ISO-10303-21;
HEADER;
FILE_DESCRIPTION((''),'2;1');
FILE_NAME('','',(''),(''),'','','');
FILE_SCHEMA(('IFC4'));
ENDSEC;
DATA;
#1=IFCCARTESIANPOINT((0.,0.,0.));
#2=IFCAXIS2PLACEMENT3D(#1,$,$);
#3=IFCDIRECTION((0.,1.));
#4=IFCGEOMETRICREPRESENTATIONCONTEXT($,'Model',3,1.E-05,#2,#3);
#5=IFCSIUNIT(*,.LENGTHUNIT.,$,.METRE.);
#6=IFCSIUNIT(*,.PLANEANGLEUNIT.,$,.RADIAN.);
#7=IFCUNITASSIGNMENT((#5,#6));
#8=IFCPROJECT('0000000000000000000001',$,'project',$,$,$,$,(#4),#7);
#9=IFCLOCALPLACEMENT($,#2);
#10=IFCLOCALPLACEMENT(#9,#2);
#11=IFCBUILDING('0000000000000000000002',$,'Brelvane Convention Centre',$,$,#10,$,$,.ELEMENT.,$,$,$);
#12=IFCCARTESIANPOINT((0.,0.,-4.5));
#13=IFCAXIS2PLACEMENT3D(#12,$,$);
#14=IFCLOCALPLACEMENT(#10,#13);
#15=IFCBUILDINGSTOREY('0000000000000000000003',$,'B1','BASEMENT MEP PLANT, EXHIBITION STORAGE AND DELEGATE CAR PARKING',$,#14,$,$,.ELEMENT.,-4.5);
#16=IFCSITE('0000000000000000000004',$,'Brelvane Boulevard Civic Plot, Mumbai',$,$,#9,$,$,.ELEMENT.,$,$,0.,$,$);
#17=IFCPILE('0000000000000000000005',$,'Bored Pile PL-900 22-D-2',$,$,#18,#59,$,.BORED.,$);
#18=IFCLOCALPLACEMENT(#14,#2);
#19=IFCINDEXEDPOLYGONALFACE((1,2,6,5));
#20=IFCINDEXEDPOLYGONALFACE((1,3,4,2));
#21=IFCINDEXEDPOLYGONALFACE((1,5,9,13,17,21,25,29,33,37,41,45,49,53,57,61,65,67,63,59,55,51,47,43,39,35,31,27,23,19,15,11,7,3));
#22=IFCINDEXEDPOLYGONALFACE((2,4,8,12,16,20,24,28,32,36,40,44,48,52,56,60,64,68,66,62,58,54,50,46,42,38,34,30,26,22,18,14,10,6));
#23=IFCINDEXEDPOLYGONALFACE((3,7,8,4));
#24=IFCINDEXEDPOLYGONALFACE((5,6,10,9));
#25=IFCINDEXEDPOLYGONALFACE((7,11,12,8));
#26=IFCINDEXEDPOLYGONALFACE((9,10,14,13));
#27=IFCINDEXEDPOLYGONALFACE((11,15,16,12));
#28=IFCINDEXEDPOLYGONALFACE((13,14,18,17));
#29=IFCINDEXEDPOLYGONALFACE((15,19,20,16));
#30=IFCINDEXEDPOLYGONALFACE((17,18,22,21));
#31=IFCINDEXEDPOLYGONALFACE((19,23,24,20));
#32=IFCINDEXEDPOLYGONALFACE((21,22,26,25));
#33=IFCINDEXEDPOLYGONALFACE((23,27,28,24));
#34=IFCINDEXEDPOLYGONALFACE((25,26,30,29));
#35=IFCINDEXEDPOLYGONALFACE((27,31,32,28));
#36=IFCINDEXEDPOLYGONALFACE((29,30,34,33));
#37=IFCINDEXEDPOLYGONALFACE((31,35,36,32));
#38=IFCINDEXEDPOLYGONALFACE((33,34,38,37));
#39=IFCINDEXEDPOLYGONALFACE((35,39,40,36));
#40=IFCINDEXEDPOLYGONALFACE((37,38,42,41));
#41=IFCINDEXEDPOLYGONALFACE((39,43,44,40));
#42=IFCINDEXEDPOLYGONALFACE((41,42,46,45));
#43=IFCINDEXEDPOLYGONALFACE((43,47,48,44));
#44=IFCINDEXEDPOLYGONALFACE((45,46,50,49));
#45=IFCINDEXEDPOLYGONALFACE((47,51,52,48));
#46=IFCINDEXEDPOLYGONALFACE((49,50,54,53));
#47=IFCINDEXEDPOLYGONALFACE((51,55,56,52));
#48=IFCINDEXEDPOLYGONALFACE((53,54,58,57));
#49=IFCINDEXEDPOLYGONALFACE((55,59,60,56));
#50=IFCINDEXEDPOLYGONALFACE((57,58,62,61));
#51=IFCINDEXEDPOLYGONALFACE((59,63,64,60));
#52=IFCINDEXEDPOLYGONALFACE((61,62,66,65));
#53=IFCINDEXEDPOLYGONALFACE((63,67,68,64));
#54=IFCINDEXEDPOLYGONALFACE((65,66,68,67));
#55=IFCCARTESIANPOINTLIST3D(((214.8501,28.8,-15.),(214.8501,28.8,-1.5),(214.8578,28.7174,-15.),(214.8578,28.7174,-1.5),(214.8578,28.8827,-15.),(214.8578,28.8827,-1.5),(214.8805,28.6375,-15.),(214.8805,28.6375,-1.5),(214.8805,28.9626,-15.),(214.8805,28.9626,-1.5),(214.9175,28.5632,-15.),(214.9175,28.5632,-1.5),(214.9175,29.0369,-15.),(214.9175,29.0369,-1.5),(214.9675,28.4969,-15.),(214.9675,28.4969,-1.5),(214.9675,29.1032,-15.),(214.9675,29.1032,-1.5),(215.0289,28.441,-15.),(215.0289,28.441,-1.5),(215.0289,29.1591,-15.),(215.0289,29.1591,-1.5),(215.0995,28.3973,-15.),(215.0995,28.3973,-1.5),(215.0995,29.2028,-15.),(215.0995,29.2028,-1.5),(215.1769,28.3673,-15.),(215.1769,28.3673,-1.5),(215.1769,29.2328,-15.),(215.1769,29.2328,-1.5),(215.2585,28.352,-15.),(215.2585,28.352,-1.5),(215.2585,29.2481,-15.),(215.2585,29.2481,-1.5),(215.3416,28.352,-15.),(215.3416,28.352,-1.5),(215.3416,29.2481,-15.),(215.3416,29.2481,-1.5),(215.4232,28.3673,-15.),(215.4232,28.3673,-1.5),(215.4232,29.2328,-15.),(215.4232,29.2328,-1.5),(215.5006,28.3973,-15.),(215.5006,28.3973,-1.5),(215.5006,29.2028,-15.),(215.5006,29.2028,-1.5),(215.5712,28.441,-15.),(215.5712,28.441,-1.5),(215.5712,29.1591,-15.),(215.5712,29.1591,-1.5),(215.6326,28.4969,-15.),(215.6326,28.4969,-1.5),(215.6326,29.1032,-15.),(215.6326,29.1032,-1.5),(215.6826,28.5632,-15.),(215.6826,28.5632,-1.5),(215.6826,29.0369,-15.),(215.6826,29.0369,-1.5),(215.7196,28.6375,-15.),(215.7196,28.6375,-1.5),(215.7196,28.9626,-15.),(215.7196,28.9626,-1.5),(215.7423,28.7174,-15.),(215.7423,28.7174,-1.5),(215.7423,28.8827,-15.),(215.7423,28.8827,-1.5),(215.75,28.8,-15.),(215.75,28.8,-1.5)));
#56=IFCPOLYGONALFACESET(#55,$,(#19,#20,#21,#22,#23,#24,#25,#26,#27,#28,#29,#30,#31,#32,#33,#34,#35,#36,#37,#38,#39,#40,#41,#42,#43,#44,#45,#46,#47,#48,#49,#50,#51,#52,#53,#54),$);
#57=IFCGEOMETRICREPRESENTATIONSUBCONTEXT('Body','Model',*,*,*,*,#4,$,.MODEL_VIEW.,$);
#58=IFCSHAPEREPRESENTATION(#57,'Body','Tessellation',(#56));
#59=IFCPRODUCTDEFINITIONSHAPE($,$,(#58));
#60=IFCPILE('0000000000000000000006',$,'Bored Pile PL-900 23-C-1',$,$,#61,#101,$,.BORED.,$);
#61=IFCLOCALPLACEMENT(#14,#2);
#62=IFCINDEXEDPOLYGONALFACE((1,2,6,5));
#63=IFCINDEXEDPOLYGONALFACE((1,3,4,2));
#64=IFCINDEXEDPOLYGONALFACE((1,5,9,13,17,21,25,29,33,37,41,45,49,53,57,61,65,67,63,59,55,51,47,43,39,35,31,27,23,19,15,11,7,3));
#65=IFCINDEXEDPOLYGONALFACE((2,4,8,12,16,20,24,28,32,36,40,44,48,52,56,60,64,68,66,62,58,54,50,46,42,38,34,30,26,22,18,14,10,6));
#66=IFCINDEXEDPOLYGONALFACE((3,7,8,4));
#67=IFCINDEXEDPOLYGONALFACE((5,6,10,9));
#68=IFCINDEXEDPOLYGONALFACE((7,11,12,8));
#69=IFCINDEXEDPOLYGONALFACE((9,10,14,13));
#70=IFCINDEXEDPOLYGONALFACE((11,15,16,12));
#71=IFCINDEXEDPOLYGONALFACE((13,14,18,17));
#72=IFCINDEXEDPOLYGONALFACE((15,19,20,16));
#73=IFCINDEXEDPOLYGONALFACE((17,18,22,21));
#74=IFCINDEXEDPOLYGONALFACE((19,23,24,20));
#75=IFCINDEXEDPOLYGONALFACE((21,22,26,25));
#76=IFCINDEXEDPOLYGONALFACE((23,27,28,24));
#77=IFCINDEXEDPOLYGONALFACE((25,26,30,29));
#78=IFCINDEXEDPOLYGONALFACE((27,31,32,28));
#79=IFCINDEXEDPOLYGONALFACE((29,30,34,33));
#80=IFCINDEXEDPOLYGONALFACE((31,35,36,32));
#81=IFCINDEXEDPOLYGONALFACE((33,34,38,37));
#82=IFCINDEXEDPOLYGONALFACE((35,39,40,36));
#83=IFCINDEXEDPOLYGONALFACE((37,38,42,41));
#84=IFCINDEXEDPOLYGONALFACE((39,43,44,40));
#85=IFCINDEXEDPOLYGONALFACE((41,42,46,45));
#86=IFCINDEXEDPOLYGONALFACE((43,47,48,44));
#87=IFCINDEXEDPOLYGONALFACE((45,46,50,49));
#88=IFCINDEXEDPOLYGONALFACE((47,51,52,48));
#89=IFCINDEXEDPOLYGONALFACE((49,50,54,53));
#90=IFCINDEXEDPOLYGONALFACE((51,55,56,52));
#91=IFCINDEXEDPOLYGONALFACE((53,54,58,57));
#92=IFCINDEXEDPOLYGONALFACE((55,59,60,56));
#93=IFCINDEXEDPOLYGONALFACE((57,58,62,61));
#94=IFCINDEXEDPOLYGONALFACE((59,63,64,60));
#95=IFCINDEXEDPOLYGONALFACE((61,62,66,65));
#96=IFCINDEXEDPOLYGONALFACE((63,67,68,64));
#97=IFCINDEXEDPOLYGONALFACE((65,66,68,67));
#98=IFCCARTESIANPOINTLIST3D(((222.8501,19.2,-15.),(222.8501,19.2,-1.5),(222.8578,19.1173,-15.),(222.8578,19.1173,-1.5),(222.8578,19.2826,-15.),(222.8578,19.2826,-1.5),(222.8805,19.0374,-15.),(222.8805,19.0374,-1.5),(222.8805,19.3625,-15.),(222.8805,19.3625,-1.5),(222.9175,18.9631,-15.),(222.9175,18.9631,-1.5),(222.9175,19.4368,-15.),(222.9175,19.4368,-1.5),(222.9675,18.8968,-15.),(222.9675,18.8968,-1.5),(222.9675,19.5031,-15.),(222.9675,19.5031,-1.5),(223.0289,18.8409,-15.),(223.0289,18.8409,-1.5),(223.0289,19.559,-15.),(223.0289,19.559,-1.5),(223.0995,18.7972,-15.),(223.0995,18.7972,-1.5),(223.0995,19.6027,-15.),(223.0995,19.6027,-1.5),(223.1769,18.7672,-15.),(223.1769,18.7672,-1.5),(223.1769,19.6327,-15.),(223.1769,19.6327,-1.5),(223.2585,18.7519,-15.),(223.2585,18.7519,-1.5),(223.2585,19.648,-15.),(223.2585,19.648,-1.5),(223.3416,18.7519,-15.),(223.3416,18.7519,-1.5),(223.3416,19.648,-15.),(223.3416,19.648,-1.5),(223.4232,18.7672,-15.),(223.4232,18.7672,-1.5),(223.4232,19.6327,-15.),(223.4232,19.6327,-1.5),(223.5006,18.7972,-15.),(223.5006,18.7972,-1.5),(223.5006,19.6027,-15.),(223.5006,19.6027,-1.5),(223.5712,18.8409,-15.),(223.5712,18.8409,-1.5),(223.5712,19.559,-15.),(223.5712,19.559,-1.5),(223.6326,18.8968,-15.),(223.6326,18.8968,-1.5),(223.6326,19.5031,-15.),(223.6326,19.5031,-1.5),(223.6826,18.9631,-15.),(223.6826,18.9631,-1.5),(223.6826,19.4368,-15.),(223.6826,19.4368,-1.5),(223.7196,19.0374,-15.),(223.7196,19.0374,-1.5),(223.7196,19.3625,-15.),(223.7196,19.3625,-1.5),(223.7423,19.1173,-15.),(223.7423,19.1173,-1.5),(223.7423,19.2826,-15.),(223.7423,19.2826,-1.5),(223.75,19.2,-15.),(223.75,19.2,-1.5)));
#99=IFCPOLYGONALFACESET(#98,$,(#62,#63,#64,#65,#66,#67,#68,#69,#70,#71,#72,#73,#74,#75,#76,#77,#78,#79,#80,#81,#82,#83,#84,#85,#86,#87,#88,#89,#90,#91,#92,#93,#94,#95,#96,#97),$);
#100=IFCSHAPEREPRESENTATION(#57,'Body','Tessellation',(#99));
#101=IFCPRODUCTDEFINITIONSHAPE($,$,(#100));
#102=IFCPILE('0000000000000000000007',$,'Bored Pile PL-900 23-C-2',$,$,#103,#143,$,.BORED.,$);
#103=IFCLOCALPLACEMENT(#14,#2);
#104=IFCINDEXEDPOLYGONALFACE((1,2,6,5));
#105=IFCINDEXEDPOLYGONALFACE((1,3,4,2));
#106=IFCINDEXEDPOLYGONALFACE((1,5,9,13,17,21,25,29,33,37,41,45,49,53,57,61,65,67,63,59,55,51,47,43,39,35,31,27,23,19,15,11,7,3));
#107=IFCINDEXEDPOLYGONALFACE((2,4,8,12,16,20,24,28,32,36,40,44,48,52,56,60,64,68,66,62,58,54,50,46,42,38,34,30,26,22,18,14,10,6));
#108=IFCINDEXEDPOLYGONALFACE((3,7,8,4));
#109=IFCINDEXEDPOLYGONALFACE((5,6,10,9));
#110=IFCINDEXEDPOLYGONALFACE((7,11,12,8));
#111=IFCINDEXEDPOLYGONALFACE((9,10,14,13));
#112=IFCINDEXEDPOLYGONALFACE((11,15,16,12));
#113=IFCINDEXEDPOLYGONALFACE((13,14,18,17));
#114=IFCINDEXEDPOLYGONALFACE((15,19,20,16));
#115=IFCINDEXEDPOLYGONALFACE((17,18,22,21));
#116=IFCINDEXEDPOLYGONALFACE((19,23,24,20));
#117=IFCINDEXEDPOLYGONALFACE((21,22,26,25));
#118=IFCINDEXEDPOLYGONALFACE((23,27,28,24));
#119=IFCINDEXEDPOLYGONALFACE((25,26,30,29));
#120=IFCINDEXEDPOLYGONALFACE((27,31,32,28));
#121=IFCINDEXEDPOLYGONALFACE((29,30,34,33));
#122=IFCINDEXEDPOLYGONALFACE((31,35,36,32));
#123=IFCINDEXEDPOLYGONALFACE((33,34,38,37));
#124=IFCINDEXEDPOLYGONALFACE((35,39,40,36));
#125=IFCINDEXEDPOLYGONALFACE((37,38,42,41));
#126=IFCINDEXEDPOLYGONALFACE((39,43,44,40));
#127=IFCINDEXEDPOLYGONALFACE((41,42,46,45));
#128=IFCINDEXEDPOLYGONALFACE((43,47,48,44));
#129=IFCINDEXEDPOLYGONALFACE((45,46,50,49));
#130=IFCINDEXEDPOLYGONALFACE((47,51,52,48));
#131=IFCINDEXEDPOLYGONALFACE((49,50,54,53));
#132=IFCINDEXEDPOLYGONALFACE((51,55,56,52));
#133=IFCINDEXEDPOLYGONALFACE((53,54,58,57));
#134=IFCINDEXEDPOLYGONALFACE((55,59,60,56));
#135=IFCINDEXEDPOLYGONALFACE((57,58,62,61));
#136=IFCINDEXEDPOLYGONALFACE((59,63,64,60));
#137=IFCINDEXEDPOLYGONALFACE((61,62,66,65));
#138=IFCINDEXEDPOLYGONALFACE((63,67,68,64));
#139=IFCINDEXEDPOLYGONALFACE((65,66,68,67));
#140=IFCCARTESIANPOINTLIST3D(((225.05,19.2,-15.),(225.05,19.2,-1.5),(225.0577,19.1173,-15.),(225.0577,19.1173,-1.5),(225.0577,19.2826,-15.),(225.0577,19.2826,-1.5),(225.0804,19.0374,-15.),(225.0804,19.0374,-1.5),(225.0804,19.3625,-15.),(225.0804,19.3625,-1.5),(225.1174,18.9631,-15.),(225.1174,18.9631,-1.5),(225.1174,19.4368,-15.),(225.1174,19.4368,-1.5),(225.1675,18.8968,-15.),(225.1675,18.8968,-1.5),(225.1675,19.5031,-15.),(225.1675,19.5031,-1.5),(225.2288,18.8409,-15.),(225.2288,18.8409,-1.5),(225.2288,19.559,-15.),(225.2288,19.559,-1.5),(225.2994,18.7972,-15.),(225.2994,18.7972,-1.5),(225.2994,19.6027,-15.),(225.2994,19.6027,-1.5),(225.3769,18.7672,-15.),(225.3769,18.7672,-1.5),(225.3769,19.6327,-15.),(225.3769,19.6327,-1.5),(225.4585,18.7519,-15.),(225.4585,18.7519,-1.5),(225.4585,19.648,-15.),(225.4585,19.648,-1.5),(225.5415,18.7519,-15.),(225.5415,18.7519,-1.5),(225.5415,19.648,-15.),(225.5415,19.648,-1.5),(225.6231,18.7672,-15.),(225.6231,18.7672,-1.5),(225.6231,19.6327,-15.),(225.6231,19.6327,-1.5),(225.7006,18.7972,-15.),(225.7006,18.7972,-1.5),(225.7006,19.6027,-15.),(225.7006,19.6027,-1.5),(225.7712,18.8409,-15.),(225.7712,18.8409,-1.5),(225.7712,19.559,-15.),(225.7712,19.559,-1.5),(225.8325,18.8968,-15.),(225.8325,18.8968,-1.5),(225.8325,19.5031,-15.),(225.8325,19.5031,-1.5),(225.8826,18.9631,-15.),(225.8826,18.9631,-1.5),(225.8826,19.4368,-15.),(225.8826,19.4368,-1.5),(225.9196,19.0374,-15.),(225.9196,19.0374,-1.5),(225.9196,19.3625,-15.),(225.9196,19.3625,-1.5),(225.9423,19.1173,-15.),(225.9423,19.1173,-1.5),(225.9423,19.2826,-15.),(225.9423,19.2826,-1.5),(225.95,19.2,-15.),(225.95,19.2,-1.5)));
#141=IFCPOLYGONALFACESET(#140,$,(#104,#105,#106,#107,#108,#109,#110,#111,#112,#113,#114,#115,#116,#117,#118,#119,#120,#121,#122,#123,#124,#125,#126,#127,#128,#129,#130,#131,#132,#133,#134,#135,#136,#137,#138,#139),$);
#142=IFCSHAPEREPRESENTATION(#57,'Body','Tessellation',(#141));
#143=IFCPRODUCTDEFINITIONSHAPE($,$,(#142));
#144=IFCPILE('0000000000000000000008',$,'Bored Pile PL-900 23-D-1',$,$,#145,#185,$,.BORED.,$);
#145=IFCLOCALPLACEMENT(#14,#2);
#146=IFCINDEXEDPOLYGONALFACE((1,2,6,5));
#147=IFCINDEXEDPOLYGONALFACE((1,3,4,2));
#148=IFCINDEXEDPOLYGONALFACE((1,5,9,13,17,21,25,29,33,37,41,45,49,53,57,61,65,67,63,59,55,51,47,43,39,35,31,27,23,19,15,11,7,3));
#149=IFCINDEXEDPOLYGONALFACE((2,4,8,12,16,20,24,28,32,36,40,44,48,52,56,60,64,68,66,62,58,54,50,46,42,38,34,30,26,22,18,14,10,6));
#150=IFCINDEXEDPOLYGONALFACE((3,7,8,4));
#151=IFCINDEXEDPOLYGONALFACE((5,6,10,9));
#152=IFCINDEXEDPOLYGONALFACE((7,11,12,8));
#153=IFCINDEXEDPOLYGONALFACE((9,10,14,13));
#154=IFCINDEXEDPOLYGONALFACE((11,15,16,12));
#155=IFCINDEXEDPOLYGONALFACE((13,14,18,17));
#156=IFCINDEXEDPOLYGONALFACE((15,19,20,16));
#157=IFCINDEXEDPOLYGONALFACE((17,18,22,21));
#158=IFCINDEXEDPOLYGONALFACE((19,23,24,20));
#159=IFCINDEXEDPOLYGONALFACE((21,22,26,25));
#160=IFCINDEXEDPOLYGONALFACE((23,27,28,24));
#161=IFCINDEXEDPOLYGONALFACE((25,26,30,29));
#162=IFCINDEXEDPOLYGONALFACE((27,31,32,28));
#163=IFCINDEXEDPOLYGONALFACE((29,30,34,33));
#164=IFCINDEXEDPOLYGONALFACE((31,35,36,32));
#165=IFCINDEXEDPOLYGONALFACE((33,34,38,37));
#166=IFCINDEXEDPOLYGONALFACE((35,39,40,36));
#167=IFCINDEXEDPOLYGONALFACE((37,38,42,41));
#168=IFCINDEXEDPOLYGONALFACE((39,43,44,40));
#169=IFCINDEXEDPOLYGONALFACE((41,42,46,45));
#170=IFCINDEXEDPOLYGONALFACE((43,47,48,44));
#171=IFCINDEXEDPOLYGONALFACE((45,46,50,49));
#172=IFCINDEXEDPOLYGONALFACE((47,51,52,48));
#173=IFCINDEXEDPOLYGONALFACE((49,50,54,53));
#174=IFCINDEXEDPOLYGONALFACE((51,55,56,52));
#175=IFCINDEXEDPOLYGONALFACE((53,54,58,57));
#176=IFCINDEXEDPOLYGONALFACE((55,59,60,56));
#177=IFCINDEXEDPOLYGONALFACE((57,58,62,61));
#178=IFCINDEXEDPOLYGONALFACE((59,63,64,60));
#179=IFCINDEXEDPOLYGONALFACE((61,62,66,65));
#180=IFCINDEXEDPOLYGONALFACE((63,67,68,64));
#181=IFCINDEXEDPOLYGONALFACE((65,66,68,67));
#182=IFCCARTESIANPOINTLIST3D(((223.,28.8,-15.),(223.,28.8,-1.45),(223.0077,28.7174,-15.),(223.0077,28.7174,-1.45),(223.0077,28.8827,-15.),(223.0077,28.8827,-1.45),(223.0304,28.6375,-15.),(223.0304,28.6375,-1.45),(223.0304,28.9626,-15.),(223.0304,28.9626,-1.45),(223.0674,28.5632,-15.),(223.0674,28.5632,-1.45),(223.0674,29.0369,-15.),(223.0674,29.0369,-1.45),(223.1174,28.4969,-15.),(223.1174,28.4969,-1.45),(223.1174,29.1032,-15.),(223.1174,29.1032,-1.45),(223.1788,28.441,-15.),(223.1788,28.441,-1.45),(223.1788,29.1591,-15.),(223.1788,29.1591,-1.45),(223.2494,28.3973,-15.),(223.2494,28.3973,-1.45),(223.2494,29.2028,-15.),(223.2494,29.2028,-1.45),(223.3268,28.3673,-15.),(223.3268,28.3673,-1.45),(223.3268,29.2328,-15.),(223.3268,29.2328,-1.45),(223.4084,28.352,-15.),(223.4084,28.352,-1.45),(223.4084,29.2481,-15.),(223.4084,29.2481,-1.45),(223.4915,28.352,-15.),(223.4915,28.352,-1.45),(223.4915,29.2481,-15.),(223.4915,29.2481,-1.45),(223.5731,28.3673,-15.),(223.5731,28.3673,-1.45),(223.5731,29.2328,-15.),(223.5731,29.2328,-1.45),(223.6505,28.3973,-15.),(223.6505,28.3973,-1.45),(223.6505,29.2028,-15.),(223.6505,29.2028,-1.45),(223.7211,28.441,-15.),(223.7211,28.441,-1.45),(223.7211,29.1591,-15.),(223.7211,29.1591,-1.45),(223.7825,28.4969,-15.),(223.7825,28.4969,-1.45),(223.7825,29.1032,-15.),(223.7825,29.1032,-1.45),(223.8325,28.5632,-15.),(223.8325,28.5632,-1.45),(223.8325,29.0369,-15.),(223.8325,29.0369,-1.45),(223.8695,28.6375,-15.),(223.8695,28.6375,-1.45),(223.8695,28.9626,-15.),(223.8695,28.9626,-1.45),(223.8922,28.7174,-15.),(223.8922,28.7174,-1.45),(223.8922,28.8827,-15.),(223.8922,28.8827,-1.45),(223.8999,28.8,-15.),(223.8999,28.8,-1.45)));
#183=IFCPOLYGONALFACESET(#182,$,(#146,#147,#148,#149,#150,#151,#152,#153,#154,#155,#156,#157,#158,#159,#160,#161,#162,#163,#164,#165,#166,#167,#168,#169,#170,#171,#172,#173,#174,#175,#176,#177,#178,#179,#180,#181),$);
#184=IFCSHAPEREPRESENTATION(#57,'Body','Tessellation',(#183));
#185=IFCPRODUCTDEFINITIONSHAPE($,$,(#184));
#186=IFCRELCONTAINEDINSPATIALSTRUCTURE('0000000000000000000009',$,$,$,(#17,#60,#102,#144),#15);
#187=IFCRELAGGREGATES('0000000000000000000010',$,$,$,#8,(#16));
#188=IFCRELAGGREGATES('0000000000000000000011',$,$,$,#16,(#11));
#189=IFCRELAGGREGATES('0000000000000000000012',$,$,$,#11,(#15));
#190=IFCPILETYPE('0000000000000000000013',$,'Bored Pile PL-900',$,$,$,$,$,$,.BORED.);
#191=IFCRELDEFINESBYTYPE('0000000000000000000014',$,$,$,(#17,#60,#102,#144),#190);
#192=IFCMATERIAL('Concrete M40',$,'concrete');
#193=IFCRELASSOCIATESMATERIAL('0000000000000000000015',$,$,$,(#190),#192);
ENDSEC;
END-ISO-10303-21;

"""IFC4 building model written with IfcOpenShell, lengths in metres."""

from ifc_helpers import new_model, si_unit, direction, frame, origin, origin_2d, place, context, subcontext, project, spatial, circle, extrude, material, material_profile, profile_set, type_object, element, save


model = new_model("IFC4")

# Units and contexts
model_context = context("Model", 3, precision=1e-05, world=origin(), true_north=direction((0.0, 1.0)))
body_context = subcontext(model_context, "Body", "Model", "MODEL_VIEW")
ifc_project = project(units=[si_unit("LENGTHUNIT", "METRE"), si_unit("PLANEANGLEUNIT", "RADIAN")], contexts=[model_context])

# Site, building, storey
site_placement = place(None, origin())
site = spatial("IfcSite", under=ifc_project, at=site_placement, Name="Brelvane Boulevard Civic Plot, Mumbai", CompositionType="ELEMENT", RefElevation=0.0)
building_placement = place(site_placement, origin())
building = spatial("IfcBuilding", under=site, at=building_placement, Name="Brelvane Convention Centre", CompositionType="ELEMENT")
storey_placement = place(building_placement, frame((0.0, 0.0, -4.5)))
storey = spatial("IfcBuildingStorey", under=building, at=storey_placement, Name="B1", Description="BASEMENT MEP PLANT, EXHIBITION STORAGE AND DELEGATE CAR PARKING", CompositionType="ELEMENT", Elevation=-4.5)

# Piles
ifc_material_1 = material(Name="Concrete M40", Category="concrete")
ifc_material_profile_1 = material_profile(ifc_material_1, circle(Radius=0.45, at=origin_2d()), Name="PILE D900")
ifc_profile_set_1 = profile_set([ifc_material_profile_1], Name="Concrete M40")
pile_type_1 = type_object("IfcPileType", Name="Bored Pile PL-900", PredefinedType="BORED", material=ifc_profile_set_1)
for number, where, z_axis, x_axis, name in (
    (1, (215.3, 28.8, -1.5), (0.0, 0.0, -1.0), (1.0, 0.0, 0.0), "Bored Pile PL-900 22-D-2"),
    (2, (223.3, 19.2, -1.5), (0.0, 0.0, -1.0), (1.0, 0.0, 0.0), "Bored Pile PL-900 23-C-1"),
    (3, (225.5, 19.2, -1.5), (0.0, 0.0, -1.0), (1.0, 0.0, 0.0), "Bored Pile PL-900 23-C-2"),
):
    element("IfcPile", number, at=place(storey_placement, frame(where, z_axis=z_axis, x_axis=x_axis)), inside=storey, type_object=pile_type_1, Name=name, PredefinedType="BORED", context=body_context, shape_type="SweptSolid", body=[
        extrude(circle(Radius=0.45, at=origin_2d()), origin(), (0.0, 0.0, 1.0), 13.5),
    ])
for number, where, z_axis, x_axis, name in (
    (4, (223.45, 28.8, -1.45), (0.0, 0.0, -1.0), (1.0, 0.0, 0.0), "Bored Pile PL-900 23-D-1"),
):
    element("IfcPile", number, at=place(storey_placement, frame(where, z_axis=z_axis, x_axis=x_axis)), inside=storey, type_object=pile_type_1, Name=name, PredefinedType="BORED", context=body_context, shape_type="SweptSolid", body=[
        extrude(circle(Radius=0.45, at=origin_2d()), origin(), (0.0, 0.0, 1.0), 13.55),
    ])

save(model, "model.ifc")
